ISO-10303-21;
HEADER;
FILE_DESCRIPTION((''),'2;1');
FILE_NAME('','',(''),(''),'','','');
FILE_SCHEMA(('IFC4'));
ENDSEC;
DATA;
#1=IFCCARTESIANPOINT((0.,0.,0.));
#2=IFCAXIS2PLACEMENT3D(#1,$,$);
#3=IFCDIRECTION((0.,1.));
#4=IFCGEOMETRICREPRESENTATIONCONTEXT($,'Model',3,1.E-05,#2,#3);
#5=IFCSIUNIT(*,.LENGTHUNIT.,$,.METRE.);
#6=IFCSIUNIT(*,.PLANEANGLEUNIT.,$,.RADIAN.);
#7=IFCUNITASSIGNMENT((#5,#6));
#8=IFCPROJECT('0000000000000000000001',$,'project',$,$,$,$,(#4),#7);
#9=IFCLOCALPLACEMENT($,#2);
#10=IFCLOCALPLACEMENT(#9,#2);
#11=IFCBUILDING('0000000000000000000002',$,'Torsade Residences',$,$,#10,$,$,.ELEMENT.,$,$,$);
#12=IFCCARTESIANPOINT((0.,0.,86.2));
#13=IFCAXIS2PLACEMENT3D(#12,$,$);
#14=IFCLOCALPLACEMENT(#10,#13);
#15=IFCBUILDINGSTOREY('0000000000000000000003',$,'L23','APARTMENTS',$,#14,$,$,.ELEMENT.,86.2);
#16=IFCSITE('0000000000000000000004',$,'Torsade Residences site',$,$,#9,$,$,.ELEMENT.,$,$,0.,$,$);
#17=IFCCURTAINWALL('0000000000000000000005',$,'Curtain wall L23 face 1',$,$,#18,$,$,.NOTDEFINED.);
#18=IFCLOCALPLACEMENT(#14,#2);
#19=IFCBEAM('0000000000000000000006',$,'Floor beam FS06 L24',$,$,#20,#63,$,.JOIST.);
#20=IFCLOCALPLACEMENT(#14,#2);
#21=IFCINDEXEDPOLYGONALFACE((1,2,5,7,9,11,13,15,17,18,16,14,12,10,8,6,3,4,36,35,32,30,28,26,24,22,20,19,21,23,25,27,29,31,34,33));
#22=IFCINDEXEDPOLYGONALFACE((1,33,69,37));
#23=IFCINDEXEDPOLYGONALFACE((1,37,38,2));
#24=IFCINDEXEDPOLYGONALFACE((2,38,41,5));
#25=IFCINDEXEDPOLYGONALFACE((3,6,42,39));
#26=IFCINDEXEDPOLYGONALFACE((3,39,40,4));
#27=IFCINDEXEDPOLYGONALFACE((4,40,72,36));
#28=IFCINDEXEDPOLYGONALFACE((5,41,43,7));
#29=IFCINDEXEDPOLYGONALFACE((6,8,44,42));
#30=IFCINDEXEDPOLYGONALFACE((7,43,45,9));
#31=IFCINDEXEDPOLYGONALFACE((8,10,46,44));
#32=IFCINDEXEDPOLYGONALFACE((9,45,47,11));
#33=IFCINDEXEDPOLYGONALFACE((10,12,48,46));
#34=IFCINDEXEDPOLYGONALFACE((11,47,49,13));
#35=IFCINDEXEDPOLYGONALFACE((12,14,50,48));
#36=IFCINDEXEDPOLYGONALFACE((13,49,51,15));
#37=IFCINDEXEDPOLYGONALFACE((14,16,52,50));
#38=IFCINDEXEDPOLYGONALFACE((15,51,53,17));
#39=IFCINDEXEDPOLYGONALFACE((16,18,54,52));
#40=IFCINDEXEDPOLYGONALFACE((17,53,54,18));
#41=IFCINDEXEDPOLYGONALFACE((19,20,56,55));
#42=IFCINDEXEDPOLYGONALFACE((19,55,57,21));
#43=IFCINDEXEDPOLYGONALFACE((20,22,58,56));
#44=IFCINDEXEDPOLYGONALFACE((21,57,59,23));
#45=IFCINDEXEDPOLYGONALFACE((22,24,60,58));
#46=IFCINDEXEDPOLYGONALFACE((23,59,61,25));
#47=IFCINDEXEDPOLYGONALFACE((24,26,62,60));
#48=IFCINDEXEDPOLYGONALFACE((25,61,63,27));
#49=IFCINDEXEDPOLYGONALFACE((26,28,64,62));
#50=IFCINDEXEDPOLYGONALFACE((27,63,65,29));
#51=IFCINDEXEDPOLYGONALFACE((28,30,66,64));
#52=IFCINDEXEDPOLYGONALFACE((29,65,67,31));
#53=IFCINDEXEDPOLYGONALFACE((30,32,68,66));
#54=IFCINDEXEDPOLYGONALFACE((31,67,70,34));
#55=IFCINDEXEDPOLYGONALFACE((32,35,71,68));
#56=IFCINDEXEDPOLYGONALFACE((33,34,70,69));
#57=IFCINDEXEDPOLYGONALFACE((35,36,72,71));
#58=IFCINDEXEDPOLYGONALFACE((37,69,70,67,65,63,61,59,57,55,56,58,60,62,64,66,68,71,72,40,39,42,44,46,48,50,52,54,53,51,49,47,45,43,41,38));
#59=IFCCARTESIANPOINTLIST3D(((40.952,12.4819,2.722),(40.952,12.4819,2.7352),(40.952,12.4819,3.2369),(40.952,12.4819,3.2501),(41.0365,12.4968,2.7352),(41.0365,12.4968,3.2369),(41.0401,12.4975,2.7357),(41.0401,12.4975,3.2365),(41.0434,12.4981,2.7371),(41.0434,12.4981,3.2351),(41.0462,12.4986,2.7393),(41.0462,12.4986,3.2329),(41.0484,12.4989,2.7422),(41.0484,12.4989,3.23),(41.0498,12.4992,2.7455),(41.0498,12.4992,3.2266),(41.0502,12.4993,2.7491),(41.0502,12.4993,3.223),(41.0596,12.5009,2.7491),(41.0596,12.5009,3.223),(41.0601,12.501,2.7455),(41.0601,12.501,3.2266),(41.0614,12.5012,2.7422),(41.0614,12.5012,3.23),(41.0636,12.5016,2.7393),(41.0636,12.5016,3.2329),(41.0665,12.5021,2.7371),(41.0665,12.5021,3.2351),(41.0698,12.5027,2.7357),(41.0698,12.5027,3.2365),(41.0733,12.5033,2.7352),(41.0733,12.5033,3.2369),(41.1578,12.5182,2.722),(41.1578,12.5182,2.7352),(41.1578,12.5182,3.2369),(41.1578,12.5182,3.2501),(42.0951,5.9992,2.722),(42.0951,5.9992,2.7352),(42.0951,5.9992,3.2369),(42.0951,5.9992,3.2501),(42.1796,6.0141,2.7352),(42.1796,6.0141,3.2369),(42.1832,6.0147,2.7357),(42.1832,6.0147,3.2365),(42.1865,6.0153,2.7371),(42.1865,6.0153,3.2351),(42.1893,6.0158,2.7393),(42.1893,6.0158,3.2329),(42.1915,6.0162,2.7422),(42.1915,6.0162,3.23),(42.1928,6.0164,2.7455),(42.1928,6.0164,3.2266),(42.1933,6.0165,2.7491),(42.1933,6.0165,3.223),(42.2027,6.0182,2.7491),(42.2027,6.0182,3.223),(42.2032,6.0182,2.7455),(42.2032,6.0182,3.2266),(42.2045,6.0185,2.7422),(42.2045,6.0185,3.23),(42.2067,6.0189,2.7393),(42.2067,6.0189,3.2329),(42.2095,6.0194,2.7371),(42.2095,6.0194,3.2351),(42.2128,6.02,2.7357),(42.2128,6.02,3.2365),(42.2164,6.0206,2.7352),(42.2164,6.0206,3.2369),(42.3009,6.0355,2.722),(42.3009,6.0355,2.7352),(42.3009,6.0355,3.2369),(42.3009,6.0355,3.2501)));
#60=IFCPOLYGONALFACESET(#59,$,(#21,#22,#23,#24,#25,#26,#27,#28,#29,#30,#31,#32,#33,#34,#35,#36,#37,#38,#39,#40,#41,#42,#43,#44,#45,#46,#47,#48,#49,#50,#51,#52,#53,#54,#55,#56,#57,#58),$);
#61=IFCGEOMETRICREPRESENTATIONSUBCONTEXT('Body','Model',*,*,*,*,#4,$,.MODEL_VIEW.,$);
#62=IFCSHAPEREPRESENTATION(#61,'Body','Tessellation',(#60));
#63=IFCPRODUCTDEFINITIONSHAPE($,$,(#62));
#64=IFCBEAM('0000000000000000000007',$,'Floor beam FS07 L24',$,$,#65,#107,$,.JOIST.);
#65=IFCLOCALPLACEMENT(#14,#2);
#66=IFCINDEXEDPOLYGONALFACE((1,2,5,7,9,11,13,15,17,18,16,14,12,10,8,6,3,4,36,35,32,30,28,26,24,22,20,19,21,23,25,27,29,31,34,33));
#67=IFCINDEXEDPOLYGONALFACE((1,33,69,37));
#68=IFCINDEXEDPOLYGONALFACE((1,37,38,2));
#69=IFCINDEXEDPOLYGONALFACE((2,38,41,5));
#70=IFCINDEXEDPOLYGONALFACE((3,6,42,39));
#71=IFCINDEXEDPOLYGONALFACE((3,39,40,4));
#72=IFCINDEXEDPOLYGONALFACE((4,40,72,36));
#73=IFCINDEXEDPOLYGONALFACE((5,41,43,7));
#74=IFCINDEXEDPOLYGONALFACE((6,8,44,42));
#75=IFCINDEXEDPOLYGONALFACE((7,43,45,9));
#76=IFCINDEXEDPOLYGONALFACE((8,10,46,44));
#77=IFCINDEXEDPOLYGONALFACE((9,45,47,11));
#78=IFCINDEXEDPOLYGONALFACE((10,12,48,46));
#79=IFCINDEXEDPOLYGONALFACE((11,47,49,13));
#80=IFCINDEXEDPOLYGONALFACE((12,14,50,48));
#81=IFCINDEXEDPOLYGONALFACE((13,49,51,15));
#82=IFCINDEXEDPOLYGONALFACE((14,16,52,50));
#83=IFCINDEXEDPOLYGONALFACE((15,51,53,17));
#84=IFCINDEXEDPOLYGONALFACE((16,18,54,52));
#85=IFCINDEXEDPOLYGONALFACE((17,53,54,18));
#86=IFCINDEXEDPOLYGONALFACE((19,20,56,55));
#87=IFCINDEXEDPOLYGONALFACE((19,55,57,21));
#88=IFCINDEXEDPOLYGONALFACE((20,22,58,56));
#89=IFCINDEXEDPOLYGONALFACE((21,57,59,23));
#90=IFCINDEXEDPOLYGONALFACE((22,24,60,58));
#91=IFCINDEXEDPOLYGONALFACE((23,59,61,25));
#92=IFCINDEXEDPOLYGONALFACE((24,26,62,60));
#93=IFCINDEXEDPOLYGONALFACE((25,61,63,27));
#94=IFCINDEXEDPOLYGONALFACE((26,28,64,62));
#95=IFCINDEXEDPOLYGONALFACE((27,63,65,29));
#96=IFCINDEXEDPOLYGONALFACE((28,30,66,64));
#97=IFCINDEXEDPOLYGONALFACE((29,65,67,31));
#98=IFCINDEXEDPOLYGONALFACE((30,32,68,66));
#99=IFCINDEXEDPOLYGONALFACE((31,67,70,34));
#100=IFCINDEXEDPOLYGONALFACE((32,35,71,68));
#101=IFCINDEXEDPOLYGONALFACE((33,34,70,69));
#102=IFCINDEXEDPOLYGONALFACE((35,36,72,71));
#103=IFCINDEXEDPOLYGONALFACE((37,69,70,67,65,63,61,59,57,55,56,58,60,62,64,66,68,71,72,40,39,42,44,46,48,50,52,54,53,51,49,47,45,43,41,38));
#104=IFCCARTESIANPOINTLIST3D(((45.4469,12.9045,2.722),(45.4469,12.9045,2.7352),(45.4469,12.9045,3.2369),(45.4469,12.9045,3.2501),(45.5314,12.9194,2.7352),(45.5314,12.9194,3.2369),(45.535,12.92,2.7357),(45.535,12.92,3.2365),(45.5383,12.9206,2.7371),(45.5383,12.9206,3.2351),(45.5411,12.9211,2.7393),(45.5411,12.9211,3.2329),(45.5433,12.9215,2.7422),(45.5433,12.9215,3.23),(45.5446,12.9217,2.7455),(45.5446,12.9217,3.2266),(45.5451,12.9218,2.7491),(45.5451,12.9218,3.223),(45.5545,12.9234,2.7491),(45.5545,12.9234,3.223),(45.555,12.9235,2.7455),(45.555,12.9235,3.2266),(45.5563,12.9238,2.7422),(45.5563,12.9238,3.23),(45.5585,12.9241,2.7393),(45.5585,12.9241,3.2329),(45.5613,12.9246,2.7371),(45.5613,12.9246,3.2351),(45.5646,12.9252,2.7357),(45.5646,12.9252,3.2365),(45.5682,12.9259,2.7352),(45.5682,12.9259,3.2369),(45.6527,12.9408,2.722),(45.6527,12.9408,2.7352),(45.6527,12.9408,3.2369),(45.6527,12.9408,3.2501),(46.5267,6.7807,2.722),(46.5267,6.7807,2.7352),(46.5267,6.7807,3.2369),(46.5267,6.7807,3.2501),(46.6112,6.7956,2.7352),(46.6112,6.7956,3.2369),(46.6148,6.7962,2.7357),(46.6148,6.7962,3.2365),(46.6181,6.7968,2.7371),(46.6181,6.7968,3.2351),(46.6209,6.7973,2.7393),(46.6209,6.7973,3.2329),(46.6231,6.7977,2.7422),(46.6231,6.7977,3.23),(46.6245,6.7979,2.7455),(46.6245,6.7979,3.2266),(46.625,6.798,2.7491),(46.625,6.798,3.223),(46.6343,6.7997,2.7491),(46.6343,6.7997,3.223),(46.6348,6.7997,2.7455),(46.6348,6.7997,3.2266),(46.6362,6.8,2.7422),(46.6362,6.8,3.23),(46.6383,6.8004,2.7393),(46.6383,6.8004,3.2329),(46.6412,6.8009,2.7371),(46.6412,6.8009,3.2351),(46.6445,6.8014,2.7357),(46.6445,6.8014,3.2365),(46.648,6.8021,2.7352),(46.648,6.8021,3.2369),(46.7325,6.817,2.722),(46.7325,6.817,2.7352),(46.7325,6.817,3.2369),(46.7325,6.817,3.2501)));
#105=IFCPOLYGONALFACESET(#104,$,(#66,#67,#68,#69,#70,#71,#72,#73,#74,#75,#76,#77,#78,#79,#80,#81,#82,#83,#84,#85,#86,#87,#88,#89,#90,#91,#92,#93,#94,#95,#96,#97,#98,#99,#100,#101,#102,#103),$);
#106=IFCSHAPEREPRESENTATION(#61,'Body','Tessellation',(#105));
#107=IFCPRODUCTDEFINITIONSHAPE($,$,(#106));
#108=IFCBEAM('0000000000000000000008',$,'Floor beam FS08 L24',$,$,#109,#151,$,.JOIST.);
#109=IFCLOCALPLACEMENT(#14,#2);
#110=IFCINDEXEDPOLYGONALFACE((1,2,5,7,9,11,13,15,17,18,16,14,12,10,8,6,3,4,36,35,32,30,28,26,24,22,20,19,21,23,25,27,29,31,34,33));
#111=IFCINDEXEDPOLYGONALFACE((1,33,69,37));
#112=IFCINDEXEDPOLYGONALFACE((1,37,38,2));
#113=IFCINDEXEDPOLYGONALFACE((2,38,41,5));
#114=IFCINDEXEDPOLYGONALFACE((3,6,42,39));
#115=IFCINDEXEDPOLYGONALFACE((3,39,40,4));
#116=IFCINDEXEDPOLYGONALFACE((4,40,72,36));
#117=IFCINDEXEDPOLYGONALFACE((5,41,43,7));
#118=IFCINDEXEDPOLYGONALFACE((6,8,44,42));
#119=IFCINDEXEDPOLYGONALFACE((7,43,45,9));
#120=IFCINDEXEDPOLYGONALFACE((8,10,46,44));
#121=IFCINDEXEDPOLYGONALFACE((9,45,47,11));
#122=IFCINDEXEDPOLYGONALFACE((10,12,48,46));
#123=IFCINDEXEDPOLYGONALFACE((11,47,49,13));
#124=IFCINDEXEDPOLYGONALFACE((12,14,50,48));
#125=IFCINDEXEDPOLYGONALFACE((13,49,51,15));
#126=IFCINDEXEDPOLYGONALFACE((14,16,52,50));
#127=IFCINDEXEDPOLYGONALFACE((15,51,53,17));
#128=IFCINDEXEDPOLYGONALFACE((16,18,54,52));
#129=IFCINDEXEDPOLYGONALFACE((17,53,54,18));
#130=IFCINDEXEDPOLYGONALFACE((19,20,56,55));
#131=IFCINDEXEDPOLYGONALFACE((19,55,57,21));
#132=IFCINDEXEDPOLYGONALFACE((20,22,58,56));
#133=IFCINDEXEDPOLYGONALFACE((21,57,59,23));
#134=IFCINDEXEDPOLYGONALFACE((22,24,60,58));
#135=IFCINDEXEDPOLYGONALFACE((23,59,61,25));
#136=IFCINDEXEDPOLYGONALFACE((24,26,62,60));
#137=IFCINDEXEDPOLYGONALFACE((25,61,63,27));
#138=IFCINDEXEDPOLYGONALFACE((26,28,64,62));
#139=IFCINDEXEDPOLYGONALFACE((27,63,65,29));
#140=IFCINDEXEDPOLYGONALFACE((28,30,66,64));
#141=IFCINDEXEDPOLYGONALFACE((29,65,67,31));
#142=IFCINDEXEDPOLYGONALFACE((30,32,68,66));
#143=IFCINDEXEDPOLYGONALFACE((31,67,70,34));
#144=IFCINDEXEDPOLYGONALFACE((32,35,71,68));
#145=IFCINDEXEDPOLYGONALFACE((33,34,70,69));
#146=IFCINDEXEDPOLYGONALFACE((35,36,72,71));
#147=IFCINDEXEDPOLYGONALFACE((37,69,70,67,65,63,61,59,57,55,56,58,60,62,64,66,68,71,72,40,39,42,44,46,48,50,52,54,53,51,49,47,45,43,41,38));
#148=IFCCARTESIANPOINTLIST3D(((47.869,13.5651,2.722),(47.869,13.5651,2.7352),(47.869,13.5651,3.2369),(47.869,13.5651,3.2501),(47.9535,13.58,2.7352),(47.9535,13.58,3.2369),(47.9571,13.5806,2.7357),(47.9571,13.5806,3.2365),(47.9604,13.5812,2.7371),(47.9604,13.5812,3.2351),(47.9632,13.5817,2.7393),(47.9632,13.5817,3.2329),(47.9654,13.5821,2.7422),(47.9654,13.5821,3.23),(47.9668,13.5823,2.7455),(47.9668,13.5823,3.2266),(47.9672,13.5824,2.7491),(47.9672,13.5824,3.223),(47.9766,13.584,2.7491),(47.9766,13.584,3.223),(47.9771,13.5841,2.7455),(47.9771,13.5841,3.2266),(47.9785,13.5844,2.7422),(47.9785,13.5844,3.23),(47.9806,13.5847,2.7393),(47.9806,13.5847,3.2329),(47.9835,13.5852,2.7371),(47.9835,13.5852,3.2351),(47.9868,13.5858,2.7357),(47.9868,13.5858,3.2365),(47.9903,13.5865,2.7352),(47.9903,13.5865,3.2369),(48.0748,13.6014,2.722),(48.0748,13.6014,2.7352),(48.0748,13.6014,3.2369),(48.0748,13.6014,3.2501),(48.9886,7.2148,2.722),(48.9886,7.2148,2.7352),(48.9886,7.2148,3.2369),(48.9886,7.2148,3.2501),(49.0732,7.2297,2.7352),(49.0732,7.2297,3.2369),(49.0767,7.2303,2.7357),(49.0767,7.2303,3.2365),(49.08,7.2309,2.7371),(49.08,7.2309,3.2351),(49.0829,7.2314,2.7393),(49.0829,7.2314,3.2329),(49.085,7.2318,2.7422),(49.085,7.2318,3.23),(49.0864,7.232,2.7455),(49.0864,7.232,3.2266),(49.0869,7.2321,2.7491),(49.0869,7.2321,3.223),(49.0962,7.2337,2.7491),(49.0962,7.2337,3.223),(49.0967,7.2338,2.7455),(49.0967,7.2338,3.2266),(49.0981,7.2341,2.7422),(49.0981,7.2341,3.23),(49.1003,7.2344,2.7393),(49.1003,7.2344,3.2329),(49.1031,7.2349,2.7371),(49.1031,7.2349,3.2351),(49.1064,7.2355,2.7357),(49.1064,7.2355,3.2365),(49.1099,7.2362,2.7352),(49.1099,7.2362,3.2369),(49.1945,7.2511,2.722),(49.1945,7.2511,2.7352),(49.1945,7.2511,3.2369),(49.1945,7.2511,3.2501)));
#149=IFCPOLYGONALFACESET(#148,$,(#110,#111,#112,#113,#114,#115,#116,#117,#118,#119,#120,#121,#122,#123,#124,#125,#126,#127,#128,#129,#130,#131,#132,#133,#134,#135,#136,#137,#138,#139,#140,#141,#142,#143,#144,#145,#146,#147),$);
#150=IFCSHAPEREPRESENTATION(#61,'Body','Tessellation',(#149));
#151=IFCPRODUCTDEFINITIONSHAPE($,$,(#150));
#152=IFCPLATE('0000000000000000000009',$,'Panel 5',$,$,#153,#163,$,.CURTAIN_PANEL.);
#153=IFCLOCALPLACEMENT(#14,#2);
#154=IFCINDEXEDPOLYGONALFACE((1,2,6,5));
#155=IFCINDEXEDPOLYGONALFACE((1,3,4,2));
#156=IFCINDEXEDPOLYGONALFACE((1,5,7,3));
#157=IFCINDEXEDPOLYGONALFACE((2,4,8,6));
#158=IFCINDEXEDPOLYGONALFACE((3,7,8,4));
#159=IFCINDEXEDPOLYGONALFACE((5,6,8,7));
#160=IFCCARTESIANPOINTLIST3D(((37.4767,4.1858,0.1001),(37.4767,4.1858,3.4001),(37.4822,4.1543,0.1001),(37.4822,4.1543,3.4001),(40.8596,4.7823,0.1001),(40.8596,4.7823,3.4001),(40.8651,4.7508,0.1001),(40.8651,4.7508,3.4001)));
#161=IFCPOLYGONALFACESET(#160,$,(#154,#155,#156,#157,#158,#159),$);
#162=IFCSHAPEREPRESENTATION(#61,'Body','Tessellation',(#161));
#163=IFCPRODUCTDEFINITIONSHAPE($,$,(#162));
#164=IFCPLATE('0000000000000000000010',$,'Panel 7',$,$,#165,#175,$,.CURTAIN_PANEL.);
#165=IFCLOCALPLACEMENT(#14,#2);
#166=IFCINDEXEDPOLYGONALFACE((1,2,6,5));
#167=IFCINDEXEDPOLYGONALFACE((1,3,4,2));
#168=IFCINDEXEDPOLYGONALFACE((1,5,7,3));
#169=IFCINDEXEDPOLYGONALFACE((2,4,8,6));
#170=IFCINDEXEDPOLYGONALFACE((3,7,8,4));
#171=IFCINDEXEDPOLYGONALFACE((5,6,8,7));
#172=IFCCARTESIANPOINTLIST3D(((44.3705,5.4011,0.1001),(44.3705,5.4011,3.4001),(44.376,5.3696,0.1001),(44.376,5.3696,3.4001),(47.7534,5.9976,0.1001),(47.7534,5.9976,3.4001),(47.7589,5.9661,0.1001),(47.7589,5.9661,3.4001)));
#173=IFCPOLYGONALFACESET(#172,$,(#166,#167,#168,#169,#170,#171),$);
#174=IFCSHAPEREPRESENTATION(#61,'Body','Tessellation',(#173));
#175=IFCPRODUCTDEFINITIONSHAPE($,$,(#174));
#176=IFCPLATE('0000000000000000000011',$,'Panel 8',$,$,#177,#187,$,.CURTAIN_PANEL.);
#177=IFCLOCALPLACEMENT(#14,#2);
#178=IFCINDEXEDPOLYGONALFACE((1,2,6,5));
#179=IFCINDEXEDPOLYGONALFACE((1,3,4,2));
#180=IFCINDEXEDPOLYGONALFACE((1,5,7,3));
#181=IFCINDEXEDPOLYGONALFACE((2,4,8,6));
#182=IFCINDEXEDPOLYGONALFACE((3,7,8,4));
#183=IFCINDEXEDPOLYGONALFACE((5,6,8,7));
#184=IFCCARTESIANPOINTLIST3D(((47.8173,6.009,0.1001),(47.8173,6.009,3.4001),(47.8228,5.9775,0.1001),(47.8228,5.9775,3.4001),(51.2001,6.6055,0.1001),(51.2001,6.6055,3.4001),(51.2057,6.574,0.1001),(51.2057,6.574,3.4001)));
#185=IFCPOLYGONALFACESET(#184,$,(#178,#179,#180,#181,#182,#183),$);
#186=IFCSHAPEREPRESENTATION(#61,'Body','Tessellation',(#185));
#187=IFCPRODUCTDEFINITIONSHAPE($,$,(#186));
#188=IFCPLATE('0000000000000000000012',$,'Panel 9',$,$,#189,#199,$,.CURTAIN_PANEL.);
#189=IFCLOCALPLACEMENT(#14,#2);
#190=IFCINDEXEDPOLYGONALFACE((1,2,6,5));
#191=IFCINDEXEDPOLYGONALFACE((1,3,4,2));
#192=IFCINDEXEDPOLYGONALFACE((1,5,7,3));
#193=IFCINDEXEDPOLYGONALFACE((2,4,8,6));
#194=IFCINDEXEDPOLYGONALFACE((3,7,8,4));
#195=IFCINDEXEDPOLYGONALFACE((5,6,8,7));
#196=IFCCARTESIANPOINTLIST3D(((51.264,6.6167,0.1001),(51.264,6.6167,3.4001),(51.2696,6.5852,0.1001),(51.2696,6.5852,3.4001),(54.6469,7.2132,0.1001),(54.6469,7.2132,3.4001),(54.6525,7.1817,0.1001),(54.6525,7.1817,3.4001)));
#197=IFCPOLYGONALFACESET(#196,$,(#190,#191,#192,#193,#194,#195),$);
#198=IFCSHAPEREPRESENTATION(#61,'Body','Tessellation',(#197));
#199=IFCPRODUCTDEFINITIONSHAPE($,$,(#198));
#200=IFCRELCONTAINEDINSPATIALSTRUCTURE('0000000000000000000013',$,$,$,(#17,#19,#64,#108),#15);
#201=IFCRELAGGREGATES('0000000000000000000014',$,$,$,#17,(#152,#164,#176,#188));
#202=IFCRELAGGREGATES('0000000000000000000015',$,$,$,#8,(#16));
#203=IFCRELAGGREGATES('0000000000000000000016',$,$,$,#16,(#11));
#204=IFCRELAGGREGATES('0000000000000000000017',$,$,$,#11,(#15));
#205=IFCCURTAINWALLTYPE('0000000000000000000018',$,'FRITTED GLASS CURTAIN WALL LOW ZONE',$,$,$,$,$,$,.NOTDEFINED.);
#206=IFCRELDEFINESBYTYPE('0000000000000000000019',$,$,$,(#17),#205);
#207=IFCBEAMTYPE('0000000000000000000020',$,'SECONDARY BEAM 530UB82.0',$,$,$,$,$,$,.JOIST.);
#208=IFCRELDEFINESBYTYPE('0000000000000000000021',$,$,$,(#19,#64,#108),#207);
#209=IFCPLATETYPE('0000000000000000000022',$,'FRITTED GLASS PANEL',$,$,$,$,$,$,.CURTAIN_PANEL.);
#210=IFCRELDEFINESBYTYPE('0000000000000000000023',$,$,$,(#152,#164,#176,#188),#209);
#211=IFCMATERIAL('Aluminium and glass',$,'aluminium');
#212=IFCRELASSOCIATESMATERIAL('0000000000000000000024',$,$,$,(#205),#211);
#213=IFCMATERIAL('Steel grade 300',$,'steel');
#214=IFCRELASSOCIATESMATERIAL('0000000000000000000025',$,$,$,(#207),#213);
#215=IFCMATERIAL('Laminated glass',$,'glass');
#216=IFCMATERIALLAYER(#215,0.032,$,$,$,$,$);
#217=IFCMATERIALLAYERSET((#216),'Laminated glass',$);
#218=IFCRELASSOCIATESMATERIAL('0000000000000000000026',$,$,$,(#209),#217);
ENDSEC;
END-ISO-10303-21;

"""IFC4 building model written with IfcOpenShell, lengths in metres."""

from ifc_helpers import new_model, si_unit, direction, frame, origin, origin_2d, place, context, subcontext, project, spatial, rectangle, i_section, extrude, material, layer, layer_set, material_profile, profile_set, type_object, element, aggregate, save


model = new_model("IFC4")

# Units and contexts
model_context = context("Model", 3, precision=1e-05, world=origin(), true_north=direction((0.0, 1.0)))
body_context = subcontext(model_context, "Body", "Model", "MODEL_VIEW")
ifc_project = project(units=[si_unit("LENGTHUNIT", "METRE"), si_unit("PLANEANGLEUNIT", "RADIAN")], contexts=[model_context])

# Site, building, storey
site_placement = place(None, origin())
site = spatial("IfcSite", under=ifc_project, at=site_placement, Name="Torsade Residences site", CompositionType="ELEMENT", RefElevation=0.0)
building_placement = place(site_placement, origin())
building = spatial("IfcBuilding", under=site, at=building_placement, Name="Torsade Residences", CompositionType="ELEMENT")
storey_placement = place(building_placement, frame((0.0, 0.0, 86.2)))
storey = spatial("IfcBuildingStorey", under=building, at=storey_placement, Name="L23", Description="APARTMENTS", CompositionType="ELEMENT", Elevation=86.2)

# Curtain wall
ifc_material_1 = material(Name="Aluminium and glass", Category="aluminium")
curtain_wall_type = type_object("IfcCurtainWallType", Name="FRITTED GLASS CURTAIN WALL LOW ZONE", PredefinedType="NOTDEFINED", material=ifc_material_1)
curtain_wall_placement = place(storey_placement, origin())
curtain_wall = element("IfcCurtainWall", 1, at=curtain_wall_placement, inside=storey, type_object=curtain_wall_type, Name="Curtain wall L23 face 1", PredefinedType="NOTDEFINED")

# Beams
ifc_material_2 = material(Name="Steel grade 300", Category="steel")
ifc_material_profile_1 = material_profile(ifc_material_2, i_section(OverallWidth=0.209, OverallDepth=0.5281, WebThickness=0.0095, FlangeThickness=0.0132, FilletRadius=0.0139, at=origin_2d()), Name="530UB82.0")
ifc_profile_set_1 = profile_set([ifc_material_profile_1], Name="Steel grade 300")
beam_type_1 = type_object("IfcBeamType", Name="SECONDARY BEAM 530UB82.0", PredefinedType="JOIST", material=ifc_profile_set_1)
beam_1_placement = place(storey_placement, frame((42.198, 6.0173, 2.9861), z_axis=(-0.173648, 0.984808, 0.0), x_axis=(-0.984808, -0.173648, 0.0)))
element("IfcBeam", 2, at=beam_1_placement, inside=storey, type_object=beam_type_1, Name="Floor beam FS06 L24", PredefinedType="JOIST", context=body_context, shape_type="SweptSolid", body=[
    extrude(i_section(OverallWidth=0.209, OverallDepth=0.5281, WebThickness=0.0095, FlangeThickness=0.0132, FilletRadius=0.0139, at=origin_2d()), origin(), (0.0, 0.0, 1.0), 6.5828),
])
beam_2_placement = place(storey_placement, frame((46.6296, 6.7988, 2.9861), z_axis=(-0.173655, 0.984806, 0.0), x_axis=(-0.984806, -0.173655, 0.0)))
element("IfcBeam", 3, at=beam_2_placement, inside=storey, type_object=beam_type_1, Name="Floor beam FS07 L24", PredefinedType="JOIST", context=body_context, shape_type="SweptSolid", body=[
    extrude(i_section(OverallWidth=0.209, OverallDepth=0.5281, WebThickness=0.0095, FlangeThickness=0.0132, FilletRadius=0.0139, at=origin_2d()), origin(), (0.0, 0.0, 1.0), 6.2183),
])
beam_3_placement = place(storey_placement, frame((49.0916, 7.2329, 2.9861), z_axis=(-0.173632, 0.984811, 0.0), x_axis=(-0.984811, -0.173632, 0.0)))
element("IfcBeam", 4, at=beam_3_placement, inside=storey, type_object=beam_type_1, Name="Floor beam FS08 L24", PredefinedType="JOIST", context=body_context, shape_type="SweptSolid", body=[
    extrude(i_section(OverallWidth=0.209, OverallDepth=0.5281, WebThickness=0.0095, FlangeThickness=0.0132, FilletRadius=0.0139, at=origin_2d()), origin(), (0.0, 0.0, 1.0), 6.4482),
])

# Plates
ifc_material_3 = material(Name="Laminated glass", Category="glass")
ifc_layer_1 = layer(ifc_material_3, 0.032)
ifc_layer_set_1 = layer_set([ifc_layer_1], Name="Laminated glass")
plate_type_1 = type_object("IfcPlateType", Name="FRITTED GLASS PANEL", PredefinedType="CURTAIN_PANEL", material=ifc_layer_set_1)
plate_1_placement = place(storey_placement, frame((39.1709, 4.4683, 0.1001), z_axis=(0.0, 0.0, 1.0), x_axis=(0.984808, 0.173648, 0.0)))
plate_1 = element("IfcPlate", 5, at=plate_1_placement, type_object=plate_type_1, Name="Panel 5", PredefinedType="CURTAIN_PANEL", context=body_context, shape_type="SweptSolid", body=[
    extrude(rectangle(XDim=3.4351, YDim=0.032, at=origin_2d()), origin(), (0.0, 0.0, 1.0), 3.3),
])
plate_2_placement = place(storey_placement, frame((46.0647, 5.6836, 0.1001), z_axis=(0.0, 0.0, 1.0), x_axis=(0.984808, 0.173648, 0.0)))
plate_2 = element("IfcPlate", 6, at=plate_2_placement, type_object=plate_type_1, Name="Panel 7", PredefinedType="CURTAIN_PANEL", context=body_context, shape_type="SweptSolid", body=[
    extrude(rectangle(XDim=3.4351, YDim=0.032, at=origin_2d()), origin(), (0.0, 0.0, 1.0), 3.3),
])
plate_3_placement = place(storey_placement, frame((49.5115, 6.2915, 0.1001), z_axis=(0.0, 0.0, 1.0), x_axis=(0.984808, 0.173648, 0.0)))
plate_3 = element("IfcPlate", 7, at=plate_3_placement, type_object=plate_type_1, Name="Panel 8", PredefinedType="CURTAIN_PANEL", context=body_context, shape_type="SweptSolid", body=[
    extrude(rectangle(XDim=3.4351, YDim=0.032, at=origin_2d()), origin(), (0.0, 0.0, 1.0), 3.3),
])
plate_4_placement = place(storey_placement, frame((52.9583, 6.8992, 0.1001), z_axis=(0.0, 0.0, 1.0), x_axis=(0.984808, 0.173648, 0.0)))
plate_4 = element("IfcPlate", 8, at=plate_4_placement, type_object=plate_type_1, Name="Panel 9", PredefinedType="CURTAIN_PANEL", context=body_context, shape_type="SweptSolid", body=[
    extrude(rectangle(XDim=3.4351, YDim=0.032, at=origin_2d()), origin(), (0.0, 0.0, 1.0), 3.3),
])
aggregate(curtain_wall, [plate_1, plate_2, plate_3, plate_4])

save(model, "model.ifc")
